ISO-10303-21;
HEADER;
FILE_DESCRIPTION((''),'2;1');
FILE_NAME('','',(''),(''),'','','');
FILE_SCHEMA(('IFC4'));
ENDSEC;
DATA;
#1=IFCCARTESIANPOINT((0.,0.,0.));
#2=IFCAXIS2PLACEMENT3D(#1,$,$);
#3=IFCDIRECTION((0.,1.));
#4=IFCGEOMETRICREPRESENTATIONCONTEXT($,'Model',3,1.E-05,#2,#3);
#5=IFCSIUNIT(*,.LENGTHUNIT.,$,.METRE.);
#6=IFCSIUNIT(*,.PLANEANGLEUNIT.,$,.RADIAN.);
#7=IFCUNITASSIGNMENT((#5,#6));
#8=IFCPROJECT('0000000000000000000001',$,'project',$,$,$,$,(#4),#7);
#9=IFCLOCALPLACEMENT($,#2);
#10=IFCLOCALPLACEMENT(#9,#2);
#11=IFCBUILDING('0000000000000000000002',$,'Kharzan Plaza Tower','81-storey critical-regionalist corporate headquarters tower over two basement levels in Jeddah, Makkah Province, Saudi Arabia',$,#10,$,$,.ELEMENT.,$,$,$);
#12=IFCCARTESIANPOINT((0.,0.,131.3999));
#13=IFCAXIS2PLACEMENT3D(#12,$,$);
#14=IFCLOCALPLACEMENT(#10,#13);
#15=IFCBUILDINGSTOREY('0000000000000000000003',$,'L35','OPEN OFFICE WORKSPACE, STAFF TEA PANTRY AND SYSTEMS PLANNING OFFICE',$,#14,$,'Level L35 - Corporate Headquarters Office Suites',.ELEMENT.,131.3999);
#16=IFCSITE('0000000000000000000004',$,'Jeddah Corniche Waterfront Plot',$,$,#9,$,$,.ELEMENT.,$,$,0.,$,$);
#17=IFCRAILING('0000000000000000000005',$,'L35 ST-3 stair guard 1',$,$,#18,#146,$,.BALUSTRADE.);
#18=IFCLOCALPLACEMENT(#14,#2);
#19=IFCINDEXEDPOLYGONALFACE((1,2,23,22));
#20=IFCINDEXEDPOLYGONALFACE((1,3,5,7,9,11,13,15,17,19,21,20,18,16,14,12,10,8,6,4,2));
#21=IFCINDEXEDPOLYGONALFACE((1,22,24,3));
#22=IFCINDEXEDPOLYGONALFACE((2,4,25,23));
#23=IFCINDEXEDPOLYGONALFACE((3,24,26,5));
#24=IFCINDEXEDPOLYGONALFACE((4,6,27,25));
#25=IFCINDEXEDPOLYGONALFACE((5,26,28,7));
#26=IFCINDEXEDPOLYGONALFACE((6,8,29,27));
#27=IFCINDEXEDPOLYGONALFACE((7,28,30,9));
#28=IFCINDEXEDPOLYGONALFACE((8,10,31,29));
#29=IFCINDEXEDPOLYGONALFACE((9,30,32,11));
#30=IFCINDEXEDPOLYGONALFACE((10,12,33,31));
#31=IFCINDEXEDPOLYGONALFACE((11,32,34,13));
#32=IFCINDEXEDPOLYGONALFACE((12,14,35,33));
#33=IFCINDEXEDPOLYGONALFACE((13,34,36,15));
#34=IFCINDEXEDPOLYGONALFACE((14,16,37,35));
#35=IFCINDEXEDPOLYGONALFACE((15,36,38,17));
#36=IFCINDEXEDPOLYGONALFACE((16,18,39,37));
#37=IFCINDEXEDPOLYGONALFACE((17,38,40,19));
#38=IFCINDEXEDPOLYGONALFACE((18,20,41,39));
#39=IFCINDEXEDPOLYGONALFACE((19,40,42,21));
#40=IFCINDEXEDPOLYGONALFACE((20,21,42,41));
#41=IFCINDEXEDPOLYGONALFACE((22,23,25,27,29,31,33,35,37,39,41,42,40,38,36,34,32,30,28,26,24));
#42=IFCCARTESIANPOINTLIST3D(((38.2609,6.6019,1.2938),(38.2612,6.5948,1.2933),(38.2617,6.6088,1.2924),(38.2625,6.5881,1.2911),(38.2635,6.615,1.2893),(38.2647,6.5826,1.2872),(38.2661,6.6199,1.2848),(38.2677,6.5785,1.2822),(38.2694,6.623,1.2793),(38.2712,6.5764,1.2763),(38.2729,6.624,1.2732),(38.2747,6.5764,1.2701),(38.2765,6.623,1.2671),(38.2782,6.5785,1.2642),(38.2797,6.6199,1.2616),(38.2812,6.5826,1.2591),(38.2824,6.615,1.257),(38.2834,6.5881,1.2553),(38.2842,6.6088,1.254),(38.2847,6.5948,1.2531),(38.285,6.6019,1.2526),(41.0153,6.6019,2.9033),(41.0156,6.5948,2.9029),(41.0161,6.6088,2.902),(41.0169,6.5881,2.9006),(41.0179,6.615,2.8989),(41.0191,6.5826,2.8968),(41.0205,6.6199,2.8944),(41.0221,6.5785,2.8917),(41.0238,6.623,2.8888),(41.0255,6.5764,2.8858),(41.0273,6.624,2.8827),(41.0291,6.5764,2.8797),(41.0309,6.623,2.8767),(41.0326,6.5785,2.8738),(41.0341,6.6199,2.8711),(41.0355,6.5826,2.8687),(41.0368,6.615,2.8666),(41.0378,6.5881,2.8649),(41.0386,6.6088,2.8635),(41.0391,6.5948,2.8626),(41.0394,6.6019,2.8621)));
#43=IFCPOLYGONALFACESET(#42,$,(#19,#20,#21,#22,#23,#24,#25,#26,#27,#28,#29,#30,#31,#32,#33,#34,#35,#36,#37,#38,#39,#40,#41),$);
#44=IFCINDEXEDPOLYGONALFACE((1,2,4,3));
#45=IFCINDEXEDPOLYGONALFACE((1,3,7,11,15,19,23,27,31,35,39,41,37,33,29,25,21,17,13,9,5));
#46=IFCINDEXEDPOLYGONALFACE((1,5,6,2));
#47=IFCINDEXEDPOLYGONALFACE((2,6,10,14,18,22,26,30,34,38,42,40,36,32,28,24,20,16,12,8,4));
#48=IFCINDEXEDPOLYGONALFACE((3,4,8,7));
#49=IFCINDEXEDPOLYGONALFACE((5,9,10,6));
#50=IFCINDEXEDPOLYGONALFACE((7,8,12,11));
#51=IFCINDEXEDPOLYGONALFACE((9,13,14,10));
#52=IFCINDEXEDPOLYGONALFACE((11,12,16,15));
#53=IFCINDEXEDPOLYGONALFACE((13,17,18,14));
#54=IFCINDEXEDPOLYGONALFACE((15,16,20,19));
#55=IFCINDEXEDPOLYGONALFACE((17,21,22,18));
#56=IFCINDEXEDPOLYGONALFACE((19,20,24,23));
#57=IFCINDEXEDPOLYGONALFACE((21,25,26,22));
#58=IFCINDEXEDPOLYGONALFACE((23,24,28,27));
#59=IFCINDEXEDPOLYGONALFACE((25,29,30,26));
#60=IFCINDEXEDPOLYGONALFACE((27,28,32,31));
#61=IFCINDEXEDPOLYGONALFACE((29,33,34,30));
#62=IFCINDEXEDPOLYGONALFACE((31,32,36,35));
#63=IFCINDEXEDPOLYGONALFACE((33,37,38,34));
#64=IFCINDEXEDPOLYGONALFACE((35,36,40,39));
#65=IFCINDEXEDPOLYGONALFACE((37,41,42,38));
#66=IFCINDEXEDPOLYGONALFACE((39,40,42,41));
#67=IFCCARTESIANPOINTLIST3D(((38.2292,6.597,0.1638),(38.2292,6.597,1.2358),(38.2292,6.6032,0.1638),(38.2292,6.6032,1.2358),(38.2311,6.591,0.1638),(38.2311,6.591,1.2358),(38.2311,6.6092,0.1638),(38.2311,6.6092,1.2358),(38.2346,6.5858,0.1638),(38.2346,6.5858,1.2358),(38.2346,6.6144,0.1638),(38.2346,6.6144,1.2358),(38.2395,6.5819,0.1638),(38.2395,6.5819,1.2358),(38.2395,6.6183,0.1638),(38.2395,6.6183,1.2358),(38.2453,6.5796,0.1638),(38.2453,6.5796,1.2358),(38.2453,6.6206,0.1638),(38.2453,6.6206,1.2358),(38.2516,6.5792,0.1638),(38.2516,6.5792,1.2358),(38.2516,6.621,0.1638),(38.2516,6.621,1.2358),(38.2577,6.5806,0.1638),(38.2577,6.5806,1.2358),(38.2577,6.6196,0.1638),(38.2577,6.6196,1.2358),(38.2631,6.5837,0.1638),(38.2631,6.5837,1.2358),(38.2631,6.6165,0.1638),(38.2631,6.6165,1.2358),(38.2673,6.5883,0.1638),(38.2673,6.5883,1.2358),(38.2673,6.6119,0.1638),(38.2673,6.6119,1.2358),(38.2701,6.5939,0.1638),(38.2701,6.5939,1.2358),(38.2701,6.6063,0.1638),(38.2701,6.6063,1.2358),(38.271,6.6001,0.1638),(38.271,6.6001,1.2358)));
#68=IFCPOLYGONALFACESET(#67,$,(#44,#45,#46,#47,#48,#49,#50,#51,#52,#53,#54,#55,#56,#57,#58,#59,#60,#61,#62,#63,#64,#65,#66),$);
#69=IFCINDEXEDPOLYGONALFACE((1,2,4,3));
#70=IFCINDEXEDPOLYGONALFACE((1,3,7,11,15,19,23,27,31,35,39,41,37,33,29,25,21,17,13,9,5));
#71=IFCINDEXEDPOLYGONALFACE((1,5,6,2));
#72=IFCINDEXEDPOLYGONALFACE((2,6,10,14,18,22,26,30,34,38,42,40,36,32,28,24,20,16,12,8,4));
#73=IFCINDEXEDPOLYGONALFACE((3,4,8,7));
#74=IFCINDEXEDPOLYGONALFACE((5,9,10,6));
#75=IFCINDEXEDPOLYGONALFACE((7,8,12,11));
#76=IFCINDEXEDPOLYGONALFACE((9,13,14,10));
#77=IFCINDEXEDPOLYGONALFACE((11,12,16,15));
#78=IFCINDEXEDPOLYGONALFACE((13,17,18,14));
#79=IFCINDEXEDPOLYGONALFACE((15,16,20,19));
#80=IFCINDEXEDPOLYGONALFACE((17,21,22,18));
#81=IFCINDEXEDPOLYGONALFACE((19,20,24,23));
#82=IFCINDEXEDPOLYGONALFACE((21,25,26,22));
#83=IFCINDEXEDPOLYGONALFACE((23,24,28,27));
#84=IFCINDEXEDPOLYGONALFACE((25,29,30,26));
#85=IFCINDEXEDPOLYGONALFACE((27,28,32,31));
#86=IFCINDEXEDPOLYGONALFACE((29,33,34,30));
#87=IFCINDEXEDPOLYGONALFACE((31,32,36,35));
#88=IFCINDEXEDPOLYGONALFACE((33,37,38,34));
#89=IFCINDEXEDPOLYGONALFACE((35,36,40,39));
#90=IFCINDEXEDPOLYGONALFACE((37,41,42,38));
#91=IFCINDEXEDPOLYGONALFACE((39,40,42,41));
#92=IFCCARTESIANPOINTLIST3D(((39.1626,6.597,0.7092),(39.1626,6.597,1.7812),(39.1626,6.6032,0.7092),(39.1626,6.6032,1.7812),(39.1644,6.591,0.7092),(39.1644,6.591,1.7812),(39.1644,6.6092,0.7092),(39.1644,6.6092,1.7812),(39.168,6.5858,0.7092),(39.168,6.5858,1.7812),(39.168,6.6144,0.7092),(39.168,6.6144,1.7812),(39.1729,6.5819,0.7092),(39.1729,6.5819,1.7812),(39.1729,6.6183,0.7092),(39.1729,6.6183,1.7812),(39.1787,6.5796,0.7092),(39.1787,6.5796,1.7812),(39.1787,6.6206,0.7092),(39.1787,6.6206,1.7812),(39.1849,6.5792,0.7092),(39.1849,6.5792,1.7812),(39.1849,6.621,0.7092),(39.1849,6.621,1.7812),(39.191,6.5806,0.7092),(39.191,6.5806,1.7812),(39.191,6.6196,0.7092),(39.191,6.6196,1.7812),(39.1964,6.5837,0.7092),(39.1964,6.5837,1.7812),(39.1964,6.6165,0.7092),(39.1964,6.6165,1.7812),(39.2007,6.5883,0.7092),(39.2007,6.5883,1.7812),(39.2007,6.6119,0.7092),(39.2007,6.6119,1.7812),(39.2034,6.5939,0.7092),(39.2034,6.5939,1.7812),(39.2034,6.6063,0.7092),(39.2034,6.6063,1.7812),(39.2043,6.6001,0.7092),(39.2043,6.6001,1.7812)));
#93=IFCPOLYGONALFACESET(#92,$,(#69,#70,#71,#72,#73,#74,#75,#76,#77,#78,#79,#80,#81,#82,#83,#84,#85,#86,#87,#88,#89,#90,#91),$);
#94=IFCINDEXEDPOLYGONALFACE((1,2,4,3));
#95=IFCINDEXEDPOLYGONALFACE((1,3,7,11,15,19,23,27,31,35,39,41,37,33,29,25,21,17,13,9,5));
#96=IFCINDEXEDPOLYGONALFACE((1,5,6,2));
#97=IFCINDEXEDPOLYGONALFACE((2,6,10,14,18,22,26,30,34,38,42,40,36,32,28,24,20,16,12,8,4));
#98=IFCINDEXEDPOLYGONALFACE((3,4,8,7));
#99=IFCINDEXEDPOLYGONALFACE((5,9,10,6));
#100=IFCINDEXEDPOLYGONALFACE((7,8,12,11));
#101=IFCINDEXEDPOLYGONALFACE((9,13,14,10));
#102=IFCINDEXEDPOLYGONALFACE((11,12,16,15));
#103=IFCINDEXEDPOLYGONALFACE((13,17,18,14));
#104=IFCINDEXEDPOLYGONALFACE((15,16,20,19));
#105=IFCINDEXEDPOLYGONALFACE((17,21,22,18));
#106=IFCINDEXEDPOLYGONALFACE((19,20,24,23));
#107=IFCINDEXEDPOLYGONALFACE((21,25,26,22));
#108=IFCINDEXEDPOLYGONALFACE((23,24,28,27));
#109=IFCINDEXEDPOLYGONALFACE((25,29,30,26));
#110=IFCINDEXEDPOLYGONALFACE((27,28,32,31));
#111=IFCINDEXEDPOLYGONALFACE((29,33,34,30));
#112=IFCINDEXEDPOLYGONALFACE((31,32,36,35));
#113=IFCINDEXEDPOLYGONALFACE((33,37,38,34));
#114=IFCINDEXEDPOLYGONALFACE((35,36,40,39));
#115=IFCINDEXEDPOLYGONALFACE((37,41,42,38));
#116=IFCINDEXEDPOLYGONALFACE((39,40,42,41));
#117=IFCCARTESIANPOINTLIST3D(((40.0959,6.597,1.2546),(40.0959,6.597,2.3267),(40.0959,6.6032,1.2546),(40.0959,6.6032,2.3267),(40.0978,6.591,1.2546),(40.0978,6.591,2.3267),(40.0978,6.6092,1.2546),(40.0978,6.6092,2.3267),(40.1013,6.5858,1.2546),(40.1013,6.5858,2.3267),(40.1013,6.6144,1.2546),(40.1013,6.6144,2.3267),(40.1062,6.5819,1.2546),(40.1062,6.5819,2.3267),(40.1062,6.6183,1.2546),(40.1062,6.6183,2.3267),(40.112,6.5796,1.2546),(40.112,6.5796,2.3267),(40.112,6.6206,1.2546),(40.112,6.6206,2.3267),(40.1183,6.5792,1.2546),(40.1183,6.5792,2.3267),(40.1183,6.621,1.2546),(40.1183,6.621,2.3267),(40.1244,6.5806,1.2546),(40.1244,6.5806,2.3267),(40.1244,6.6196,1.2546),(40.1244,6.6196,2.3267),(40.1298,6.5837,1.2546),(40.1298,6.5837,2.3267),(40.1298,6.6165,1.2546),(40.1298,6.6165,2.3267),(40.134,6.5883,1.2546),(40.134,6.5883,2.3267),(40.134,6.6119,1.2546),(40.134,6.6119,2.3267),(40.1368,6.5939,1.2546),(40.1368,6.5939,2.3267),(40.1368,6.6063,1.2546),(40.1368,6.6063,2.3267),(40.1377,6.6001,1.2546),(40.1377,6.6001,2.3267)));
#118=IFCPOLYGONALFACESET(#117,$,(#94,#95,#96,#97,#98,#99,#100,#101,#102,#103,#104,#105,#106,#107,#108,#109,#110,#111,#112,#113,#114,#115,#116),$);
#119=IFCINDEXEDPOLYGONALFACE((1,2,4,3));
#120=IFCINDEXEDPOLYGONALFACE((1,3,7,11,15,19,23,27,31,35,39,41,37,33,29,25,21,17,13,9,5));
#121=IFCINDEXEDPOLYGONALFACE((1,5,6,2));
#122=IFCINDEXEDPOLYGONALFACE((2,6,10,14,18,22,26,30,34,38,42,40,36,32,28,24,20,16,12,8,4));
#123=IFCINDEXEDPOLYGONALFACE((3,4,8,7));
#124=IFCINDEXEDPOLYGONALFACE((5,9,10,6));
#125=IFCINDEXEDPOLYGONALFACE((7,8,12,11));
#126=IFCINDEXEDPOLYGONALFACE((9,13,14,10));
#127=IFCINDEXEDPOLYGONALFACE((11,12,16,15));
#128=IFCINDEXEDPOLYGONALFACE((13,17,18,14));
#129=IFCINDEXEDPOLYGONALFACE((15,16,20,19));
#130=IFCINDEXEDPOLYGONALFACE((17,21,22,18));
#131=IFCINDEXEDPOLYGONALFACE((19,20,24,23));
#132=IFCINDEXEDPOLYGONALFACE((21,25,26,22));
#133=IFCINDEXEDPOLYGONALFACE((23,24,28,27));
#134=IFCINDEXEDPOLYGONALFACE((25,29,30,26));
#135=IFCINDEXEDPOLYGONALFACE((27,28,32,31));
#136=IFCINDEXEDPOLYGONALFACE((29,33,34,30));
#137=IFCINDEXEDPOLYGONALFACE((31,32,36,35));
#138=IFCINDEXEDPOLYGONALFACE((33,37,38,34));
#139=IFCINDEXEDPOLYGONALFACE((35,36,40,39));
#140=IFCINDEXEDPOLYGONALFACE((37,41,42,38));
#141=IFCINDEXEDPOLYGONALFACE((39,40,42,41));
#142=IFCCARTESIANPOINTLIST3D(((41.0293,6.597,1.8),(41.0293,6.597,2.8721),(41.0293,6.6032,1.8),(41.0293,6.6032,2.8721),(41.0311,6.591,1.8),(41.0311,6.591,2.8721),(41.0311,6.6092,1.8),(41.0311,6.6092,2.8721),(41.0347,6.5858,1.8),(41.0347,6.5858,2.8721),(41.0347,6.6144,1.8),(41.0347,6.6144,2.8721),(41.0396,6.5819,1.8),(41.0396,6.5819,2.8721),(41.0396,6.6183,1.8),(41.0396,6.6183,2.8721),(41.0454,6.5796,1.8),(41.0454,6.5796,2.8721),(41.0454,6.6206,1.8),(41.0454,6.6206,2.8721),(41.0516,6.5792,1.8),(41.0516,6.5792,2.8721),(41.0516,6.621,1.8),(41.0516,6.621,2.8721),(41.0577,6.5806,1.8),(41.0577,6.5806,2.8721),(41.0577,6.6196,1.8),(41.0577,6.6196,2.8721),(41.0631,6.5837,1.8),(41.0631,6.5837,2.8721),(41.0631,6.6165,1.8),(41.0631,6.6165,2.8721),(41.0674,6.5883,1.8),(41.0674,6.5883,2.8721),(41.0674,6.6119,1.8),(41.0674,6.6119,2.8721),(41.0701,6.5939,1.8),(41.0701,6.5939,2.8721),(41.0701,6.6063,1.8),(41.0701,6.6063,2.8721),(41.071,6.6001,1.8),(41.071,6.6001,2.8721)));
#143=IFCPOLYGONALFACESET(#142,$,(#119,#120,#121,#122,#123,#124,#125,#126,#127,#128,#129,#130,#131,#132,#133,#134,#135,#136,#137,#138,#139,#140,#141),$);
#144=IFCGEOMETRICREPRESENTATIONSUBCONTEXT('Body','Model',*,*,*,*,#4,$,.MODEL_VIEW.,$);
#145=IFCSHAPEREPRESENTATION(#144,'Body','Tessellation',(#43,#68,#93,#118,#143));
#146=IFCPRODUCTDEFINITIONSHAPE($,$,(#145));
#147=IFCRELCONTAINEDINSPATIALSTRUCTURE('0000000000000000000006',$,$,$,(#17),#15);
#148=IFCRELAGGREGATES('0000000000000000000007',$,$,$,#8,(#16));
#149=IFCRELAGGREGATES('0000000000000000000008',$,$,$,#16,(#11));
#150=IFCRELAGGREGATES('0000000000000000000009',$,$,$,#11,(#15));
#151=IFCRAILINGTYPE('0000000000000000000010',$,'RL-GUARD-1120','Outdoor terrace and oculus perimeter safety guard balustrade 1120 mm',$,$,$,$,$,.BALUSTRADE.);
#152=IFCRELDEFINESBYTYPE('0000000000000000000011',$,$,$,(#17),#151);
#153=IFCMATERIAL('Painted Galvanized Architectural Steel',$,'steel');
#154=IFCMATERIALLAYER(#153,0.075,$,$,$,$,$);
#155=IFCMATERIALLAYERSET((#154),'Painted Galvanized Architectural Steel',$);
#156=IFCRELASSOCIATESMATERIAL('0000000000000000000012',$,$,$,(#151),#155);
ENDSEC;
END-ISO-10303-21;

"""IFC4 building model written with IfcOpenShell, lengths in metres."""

from ifc_helpers import new_model, si_unit, direction, frame, origin, origin_2d, place, context, subcontext, project, spatial, circle, extrude, source, transform, mapped, material, layer, layer_set, type_object, element, save


model = new_model("IFC4")

# Units and contexts
model_context = context("Model", 3, precision=1e-05, world=origin(), true_north=direction((0.0, 1.0)))
body_context = subcontext(model_context, "Body", "Model", "MODEL_VIEW")
ifc_project = project(units=[si_unit("LENGTHUNIT", "METRE"), si_unit("PLANEANGLEUNIT", "RADIAN")], contexts=[model_context])

# Site, building, storey
site_placement = place(None, origin())
site = spatial("IfcSite", under=ifc_project, at=site_placement, Name="Jeddah Corniche Waterfront Plot", CompositionType="ELEMENT", RefElevation=0.0)
building_placement = place(site_placement, origin())
building = spatial("IfcBuilding", under=site, at=building_placement, Name="Kharzan Plaza Tower", Description="81-storey critical-regionalist corporate headquarters tower over two basement levels in Jeddah, Makkah Province, Saudi Arabia", CompositionType="ELEMENT")
storey_placement = place(building_placement, frame((0.0, 0.0, 131.3999)))
storey = spatial("IfcBuildingStorey", under=building, at=storey_placement, Name="L35", Description="OPEN OFFICE WORKSPACE, STAFF TEA PANTRY AND SYSTEMS PLANNING OFFICE", LongName="Level L35 - Corporate Headquarters Office Suites", CompositionType="ELEMENT", Elevation=131.3999)

# Railing
ifc_material_1 = material(Name="Painted Galvanized Architectural Steel", Category="steel")
ifc_layer_1 = layer(ifc_material_1, 0.075)
ifc_layer_set_1 = layer_set([ifc_layer_1], Name="Painted Galvanized Architectural Steel")
railing_type_1 = type_object("IfcRailingType", Name="RL-GUARD-1120", Description="Outdoor terrace and oculus perimeter safety guard balustrade 1120 mm", PredefinedType="BALUSTRADE", material=ifc_layer_set_1)
shared_shape_1 = source(origin(), body_context, "Body", "SweptSolid", [
    extrude(circle(Radius=0.0239, at=origin_2d()), frame((0.0229, 0.0, 1.1094), z_axis=(0.863394, 0.0, 0.504531), x_axis=(0.0, 1.0, 0.0)), (0.0, 0.0, 1.0), 3.1902),
    extrude(circle(Radius=0.021, at=origin_2d()), origin(), (0.0, 0.0, 1.0), 1.072),
    extrude(circle(Radius=0.021, at=origin_2d()), frame((0.9333, 0.0, 0.5454)), (0.0, 0.0, 1.0), 1.072),
    extrude(circle(Radius=0.021, at=origin_2d()), frame((1.8667, 0.0, 1.0908)), (0.0, 0.0, 1.0), 1.072),
    extrude(circle(Radius=0.021, at=origin_2d()), frame((2.8, 0.0, 1.6362)), (0.0, 0.0, 1.0), 1.072),
])
railing_1_placement = place(storey_placement, frame((38.25, 6.6001, 0.1638)))
element("IfcRailing", 1, at=railing_1_placement, inside=storey, type_object=railing_type_1, Name="L35 ST-3 stair guard 1", PredefinedType="BALUSTRADE", context=body_context, shape_type="MappedRepresentation", body=[
    mapped(shared_shape_1, transform((0.0, 0.0, 0.0), x_axis=(1.0, 0.0, 0.0), y_axis=(0.0, 1.0, 0.0), z_axis=(0.0, 0.0, 1.0))),
])

save(model, "model.ifc")
